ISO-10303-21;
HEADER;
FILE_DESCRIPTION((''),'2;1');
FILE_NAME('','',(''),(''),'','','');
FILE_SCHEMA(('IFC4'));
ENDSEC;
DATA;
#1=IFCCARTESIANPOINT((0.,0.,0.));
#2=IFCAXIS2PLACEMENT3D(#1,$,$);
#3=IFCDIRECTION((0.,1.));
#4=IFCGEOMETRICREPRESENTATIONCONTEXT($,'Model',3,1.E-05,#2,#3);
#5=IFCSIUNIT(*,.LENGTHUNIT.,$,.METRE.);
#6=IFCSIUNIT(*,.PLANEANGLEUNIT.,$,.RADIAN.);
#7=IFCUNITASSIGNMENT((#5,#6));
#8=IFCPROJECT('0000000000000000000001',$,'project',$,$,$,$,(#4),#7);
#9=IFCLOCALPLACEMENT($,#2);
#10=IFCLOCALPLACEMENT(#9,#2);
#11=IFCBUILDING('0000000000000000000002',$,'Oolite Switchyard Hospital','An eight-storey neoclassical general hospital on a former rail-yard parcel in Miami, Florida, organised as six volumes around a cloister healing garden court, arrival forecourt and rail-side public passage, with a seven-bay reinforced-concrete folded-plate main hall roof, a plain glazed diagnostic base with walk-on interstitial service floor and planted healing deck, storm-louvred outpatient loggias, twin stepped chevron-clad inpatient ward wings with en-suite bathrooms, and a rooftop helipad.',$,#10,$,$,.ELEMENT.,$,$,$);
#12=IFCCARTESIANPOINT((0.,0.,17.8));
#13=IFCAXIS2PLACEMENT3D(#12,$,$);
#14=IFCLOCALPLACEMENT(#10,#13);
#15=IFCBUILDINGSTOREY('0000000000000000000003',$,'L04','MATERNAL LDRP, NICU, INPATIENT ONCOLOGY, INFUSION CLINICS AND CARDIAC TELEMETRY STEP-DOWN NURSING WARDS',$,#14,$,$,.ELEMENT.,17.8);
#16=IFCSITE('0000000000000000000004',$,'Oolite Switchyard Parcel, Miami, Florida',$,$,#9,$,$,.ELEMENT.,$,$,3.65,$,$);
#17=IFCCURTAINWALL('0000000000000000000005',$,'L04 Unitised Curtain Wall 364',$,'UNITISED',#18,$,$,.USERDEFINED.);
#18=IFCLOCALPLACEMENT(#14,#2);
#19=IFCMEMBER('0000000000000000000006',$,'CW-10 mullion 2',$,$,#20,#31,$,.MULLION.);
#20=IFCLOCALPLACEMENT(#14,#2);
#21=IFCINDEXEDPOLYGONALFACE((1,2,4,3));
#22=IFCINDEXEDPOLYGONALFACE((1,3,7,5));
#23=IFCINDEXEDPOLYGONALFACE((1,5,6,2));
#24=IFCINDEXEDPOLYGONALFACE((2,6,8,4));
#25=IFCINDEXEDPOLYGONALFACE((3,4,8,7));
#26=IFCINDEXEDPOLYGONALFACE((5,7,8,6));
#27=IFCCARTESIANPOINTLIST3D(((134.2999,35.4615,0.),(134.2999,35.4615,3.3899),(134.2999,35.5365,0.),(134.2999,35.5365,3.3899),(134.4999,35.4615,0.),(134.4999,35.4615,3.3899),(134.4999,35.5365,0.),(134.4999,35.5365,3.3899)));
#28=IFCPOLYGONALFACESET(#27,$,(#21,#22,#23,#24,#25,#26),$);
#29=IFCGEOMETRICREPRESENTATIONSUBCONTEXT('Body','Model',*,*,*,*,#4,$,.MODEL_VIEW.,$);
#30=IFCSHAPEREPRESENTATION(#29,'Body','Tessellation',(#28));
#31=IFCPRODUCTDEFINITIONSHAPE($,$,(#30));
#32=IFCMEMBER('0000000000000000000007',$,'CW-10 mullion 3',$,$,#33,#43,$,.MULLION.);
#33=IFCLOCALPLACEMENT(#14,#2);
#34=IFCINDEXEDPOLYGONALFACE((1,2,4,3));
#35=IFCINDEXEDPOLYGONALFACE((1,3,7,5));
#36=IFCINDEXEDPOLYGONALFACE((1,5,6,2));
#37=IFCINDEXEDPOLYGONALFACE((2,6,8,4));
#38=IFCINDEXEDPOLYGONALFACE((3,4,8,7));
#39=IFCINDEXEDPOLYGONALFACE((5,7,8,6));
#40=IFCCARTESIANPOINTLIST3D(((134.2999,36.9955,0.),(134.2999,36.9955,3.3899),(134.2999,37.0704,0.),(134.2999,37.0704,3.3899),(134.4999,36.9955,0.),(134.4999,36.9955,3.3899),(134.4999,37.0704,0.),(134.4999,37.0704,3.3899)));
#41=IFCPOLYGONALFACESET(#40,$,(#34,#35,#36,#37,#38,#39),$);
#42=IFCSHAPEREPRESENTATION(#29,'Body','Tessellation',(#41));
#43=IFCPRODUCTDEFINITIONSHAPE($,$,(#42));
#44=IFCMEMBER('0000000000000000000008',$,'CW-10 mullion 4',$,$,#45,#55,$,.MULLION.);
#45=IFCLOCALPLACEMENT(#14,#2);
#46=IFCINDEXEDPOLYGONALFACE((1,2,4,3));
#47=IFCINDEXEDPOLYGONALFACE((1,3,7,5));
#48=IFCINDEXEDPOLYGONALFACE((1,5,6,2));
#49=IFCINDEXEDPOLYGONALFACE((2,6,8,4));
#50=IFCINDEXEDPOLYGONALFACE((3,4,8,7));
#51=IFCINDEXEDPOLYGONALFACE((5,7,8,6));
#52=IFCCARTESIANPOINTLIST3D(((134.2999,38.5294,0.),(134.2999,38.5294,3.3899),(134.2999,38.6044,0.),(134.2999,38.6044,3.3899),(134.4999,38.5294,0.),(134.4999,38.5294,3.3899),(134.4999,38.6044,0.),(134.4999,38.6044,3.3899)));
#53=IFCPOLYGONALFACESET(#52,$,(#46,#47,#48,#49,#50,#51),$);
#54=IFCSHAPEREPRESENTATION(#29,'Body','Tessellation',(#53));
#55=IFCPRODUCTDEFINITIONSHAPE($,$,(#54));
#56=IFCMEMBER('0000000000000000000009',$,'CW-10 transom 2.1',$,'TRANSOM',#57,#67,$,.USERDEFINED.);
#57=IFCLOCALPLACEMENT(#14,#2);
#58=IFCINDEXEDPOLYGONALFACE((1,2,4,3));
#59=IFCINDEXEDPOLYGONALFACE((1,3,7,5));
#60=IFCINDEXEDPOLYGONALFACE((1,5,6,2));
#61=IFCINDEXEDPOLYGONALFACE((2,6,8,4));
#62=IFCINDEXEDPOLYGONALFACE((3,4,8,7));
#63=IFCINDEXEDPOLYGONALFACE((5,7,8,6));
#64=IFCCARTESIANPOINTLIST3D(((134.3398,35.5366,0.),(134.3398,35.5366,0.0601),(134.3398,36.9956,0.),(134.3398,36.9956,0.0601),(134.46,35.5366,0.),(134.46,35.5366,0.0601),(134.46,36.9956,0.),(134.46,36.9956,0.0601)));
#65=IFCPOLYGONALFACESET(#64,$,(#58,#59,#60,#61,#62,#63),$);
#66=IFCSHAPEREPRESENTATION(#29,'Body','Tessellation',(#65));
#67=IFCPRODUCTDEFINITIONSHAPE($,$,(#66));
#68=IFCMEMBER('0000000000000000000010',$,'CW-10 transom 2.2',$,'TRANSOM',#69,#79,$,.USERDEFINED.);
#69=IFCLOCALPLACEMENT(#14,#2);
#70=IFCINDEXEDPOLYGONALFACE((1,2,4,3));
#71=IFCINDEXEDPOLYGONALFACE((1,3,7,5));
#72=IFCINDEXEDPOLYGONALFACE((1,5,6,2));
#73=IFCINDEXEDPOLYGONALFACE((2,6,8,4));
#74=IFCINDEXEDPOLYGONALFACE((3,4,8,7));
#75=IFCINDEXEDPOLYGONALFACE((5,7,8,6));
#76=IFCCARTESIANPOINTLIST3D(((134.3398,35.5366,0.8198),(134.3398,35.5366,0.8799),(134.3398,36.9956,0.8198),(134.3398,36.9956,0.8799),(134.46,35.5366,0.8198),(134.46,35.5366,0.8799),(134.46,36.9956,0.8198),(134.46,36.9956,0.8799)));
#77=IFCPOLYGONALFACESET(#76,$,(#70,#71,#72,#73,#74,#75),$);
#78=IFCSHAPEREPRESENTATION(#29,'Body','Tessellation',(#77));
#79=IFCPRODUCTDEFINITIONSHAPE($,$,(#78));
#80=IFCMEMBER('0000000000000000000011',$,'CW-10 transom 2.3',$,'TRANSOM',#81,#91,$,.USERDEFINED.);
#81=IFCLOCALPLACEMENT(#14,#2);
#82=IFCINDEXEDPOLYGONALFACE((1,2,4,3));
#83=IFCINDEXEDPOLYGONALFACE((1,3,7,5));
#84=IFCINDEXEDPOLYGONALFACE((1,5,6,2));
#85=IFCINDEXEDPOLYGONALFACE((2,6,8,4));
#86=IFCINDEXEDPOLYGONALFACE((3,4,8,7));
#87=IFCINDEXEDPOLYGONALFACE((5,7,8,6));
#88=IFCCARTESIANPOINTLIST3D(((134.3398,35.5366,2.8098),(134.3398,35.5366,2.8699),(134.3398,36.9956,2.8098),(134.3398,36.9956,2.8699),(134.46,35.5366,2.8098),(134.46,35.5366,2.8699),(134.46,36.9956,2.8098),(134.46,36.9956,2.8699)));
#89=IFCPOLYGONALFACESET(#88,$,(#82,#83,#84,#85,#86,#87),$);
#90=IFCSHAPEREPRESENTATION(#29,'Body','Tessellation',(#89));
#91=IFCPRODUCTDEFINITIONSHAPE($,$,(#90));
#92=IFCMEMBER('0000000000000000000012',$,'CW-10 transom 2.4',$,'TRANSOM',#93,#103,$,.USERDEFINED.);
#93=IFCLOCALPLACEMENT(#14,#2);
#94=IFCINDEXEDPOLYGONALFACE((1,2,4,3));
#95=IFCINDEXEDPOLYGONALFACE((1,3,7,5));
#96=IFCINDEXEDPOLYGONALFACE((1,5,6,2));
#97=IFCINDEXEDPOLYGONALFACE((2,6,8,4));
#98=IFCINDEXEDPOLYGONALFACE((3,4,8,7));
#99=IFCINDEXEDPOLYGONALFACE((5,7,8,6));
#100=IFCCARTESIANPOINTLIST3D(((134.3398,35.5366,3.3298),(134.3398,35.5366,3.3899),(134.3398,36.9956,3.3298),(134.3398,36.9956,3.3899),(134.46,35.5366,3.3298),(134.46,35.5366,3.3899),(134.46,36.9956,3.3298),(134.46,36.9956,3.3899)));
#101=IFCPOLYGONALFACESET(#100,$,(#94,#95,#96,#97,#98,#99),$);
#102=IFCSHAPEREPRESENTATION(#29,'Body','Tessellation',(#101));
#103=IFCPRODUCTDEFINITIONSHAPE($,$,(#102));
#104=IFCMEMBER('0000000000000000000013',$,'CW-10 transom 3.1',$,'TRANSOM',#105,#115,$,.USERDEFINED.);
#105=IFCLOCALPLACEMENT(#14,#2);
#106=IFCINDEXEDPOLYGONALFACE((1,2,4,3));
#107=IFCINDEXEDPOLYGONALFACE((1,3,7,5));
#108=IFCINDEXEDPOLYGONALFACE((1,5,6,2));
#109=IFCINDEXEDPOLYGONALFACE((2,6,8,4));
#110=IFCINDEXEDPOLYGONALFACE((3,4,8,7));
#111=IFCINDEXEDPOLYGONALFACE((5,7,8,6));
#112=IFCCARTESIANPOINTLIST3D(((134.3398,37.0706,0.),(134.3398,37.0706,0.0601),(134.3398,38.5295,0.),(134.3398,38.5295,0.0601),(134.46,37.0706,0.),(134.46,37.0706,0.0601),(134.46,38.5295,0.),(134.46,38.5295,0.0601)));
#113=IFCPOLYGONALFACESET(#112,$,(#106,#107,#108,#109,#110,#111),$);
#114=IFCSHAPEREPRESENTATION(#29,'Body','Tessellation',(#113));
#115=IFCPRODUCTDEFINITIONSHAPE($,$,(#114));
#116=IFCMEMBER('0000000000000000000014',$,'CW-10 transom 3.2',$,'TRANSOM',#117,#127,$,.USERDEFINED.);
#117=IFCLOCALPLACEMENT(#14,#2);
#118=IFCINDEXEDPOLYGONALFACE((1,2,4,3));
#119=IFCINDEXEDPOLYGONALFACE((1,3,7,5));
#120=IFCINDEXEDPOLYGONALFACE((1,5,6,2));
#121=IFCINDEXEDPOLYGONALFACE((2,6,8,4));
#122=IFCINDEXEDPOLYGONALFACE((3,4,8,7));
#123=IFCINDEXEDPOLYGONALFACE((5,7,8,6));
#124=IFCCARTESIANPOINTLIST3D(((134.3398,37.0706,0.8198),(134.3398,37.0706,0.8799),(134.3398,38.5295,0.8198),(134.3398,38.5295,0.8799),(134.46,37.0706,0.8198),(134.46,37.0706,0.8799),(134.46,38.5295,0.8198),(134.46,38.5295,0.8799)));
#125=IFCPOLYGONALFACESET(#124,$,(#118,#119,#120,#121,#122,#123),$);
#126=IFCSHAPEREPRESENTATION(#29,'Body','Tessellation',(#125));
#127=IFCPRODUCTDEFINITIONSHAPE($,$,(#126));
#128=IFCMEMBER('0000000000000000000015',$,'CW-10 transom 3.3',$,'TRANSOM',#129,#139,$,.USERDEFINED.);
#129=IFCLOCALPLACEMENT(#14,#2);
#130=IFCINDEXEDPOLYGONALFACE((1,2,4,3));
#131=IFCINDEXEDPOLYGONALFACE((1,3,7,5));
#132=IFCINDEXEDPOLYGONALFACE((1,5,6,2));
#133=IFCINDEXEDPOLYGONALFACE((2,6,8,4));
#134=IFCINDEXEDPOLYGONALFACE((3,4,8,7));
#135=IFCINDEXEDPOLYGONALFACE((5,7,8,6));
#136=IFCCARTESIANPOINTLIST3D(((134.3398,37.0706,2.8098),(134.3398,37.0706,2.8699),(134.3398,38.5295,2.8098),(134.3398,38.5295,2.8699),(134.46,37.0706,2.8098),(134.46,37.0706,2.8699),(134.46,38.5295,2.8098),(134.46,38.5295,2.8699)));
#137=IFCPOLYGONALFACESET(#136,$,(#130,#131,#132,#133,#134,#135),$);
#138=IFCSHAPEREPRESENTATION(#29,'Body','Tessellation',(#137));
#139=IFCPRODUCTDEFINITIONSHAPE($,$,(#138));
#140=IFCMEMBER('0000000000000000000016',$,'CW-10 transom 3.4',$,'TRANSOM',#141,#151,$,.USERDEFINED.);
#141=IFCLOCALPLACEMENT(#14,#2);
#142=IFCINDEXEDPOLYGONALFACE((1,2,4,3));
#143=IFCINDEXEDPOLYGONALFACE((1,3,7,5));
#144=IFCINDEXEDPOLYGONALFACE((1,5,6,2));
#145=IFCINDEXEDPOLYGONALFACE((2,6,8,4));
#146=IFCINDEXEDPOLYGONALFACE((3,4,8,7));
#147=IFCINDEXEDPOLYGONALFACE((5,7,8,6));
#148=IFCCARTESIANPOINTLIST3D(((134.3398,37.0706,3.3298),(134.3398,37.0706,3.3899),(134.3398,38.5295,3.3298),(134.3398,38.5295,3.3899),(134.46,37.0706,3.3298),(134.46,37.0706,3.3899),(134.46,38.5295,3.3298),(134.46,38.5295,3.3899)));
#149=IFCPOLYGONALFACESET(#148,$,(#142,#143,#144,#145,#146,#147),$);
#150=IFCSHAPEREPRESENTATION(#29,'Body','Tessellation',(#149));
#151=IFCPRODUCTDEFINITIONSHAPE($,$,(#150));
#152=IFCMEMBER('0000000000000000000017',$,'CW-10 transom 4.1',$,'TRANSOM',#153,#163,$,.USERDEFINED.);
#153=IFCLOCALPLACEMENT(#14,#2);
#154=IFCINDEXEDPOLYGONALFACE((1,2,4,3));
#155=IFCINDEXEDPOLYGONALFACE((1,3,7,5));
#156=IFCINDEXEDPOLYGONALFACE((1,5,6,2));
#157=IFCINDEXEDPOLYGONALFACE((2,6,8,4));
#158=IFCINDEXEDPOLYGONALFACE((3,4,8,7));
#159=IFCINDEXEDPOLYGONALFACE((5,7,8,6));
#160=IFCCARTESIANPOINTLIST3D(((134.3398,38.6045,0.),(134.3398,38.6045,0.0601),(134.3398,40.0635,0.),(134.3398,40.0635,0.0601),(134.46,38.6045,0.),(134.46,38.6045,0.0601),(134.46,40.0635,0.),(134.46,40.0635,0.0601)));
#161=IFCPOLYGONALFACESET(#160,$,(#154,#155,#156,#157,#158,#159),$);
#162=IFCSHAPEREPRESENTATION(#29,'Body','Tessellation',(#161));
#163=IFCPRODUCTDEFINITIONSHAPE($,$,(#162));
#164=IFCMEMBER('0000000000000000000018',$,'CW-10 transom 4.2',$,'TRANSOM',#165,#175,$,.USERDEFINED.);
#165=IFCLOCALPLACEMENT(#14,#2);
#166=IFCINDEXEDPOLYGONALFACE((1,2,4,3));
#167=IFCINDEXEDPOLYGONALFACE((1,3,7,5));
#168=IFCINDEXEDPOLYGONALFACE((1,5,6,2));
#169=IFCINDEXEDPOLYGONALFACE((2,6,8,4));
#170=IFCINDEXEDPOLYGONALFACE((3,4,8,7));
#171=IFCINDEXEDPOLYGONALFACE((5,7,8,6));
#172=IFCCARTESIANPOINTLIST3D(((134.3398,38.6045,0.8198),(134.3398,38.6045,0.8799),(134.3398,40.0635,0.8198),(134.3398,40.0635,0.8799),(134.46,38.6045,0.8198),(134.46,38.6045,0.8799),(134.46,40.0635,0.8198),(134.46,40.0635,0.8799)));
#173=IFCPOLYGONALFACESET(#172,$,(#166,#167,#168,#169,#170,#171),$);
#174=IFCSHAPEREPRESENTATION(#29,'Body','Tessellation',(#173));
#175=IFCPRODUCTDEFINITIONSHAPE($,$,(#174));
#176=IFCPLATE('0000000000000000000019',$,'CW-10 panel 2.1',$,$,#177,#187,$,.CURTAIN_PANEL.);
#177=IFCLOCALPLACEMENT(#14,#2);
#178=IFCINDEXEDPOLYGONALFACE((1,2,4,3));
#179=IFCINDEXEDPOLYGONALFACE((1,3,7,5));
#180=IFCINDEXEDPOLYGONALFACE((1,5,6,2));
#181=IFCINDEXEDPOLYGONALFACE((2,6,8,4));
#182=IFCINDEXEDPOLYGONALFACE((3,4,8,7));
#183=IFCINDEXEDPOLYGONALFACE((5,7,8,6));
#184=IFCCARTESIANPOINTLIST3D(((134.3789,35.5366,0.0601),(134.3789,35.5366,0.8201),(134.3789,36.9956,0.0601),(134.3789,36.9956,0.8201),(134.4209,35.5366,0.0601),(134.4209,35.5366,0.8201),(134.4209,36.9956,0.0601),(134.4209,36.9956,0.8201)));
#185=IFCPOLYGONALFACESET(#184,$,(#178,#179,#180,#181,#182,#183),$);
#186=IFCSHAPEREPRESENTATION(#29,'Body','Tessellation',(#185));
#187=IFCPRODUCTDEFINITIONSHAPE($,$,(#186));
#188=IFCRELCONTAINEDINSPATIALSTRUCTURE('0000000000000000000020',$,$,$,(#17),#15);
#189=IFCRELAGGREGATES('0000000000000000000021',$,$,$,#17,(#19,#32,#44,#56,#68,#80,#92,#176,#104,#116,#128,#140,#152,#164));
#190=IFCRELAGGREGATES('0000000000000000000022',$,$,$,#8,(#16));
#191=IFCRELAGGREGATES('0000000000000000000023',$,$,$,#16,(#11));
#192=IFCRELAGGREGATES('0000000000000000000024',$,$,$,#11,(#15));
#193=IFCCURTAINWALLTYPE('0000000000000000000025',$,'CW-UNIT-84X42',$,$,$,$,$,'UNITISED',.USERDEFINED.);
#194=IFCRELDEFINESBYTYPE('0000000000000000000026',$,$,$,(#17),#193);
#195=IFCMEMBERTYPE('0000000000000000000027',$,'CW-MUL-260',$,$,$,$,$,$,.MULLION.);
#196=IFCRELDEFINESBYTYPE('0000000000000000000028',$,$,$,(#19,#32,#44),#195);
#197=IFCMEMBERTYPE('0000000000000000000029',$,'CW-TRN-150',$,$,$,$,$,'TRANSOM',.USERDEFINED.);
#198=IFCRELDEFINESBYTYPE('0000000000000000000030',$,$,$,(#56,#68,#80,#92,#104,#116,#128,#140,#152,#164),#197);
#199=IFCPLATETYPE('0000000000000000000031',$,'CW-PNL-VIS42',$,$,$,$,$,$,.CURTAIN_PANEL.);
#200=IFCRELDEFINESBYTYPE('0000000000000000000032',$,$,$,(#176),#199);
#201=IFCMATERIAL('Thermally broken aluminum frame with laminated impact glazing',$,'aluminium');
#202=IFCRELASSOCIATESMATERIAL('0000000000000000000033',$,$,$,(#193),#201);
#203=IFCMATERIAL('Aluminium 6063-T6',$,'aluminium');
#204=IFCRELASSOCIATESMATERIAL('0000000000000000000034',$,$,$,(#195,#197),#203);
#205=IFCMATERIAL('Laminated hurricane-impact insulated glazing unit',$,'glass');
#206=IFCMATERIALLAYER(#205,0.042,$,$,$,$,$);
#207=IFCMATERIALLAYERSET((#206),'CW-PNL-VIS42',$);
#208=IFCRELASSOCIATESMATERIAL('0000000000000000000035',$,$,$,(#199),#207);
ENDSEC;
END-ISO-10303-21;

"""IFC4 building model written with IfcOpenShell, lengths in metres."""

from ifc_helpers import new_model, si_unit, direction, frame, origin, origin_2d, place, context, subcontext, project, spatial, rectangle, extrude, material, layer, layer_set, material_profile, profile_set, type_object, element, aggregate, save


model = new_model("IFC4")

# Units and contexts
model_context = context("Model", 3, precision=1e-05, world=origin(), true_north=direction((0.0, 1.0)))
body_context = subcontext(model_context, "Body", "Model", "MODEL_VIEW")
ifc_project = project(units=[si_unit("LENGTHUNIT", "METRE"), si_unit("PLANEANGLEUNIT", "RADIAN")], contexts=[model_context])

# Site, building, storey
site_placement = place(None, origin())
site = spatial("IfcSite", under=ifc_project, at=site_placement, Name="Oolite Switchyard Parcel, Miami, Florida", CompositionType="ELEMENT", RefElevation=3.65)
building_placement = place(site_placement, origin())
building = spatial("IfcBuilding", under=site, at=building_placement, Name="Oolite Switchyard Hospital", Description="An eight-storey neoclassical general hospital on a former rail-yard parcel in Miami, Florida, organised as six volumes around a cloister healing garden court, arrival forecourt and rail-side public passage, with a seven-bay reinforced-concrete folded-plate main hall roof, a plain glazed diagnostic base with walk-on interstitial service floor and planted healing deck, storm-louvred outpatient loggias, twin stepped chevron-clad inpatient ward wings with en-suite bathrooms, and a rooftop helipad.", CompositionType="ELEMENT")
storey_placement = place(building_placement, frame((0.0, 0.0, 17.8)))
storey = spatial("IfcBuildingStorey", under=building, at=storey_placement, Name="L04", Description="MATERNAL LDRP, NICU, INPATIENT ONCOLOGY, INFUSION CLINICS AND CARDIAC TELEMETRY STEP-DOWN NURSING WARDS", CompositionType="ELEMENT", Elevation=17.8)

# Curtain wall, members, plate
ifc_material_1 = material(Name="Thermally broken aluminum frame with laminated impact glazing", Category="aluminium")
curtain_wall_type = type_object("IfcCurtainWallType", Name="CW-UNIT-84X42", ElementType="UNITISED", PredefinedType="USERDEFINED", material=ifc_material_1)
curtain_wall_placement = place(storey_placement, origin())
curtain_wall = element("IfcCurtainWall", 1, at=curtain_wall_placement, inside=storey, type_object=curtain_wall_type, Name="L04 Unitised Curtain Wall 364", ObjectType="UNITISED", PredefinedType="USERDEFINED")
ifc_material_2 = material(Name="Aluminium 6063-T6", Category="aluminium")
ifc_material_profile_1 = material_profile(ifc_material_2, rectangle(XDim=0.2, YDim=0.075, at=origin_2d()), Name="CWM75X200")
ifc_profile_set_1 = profile_set([ifc_material_profile_1], Name="Aluminium 6063-T6")
member_type_1 = type_object("IfcMemberType", Name="CW-MUL-260", PredefinedType="MULLION", material=ifc_profile_set_1)
member_1_placement = place(storey_placement, frame((134.3999, 35.499, 0.0), z_axis=(0.0, 0.0, 1.0), x_axis=(-1.0, 0.0, 0.0)))
member_1 = element("IfcMember", 2, at=member_1_placement, type_object=member_type_1, Name="CW-10 mullion 2", PredefinedType="MULLION", context=body_context, shape_type="SweptSolid", body=[
    extrude(rectangle(XDim=0.2, YDim=0.075, at=origin_2d()), origin(), (0.0, 0.0, 1.0), 3.3899),
])
member_2_placement = place(storey_placement, frame((134.3999, 37.033, 0.0), z_axis=(0.0, 0.0, 1.0), x_axis=(-1.0, 0.0, 0.0)))
member_2 = element("IfcMember", 3, at=member_2_placement, type_object=member_type_1, Name="CW-10 mullion 3", PredefinedType="MULLION", context=body_context, shape_type="SweptSolid", body=[
    extrude(rectangle(XDim=0.2, YDim=0.075, at=origin_2d()), origin(), (0.0, 0.0, 1.0), 3.3899),
])
member_3_placement = place(storey_placement, frame((134.3999, 38.5669, 0.0), z_axis=(0.0, 0.0, 1.0), x_axis=(-1.0, 0.0, 0.0)))
member_3 = element("IfcMember", 4, at=member_3_placement, type_object=member_type_1, Name="CW-10 mullion 4", PredefinedType="MULLION", context=body_context, shape_type="SweptSolid", body=[
    extrude(rectangle(XDim=0.2, YDim=0.075, at=origin_2d()), origin(), (0.0, 0.0, 1.0), 3.3899),
])
ifc_material_profile_2 = material_profile(ifc_material_2, rectangle(XDim=0.1201, YDim=0.0601, at=origin_2d()), Name="CWT60X120")
ifc_profile_set_2 = profile_set([ifc_material_profile_2], Name="Aluminium 6063-T6")
member_type_2 = type_object("IfcMemberType", Name="CW-TRN-150", ElementType="TRANSOM", PredefinedType="USERDEFINED", material=ifc_profile_set_2)
member_4_placement = place(storey_placement, frame((134.3999, 35.5366, 0.03), z_axis=(0.0, 1.0, 0.0), x_axis=(-1.0, 0.0, 0.0)))
member_4 = element("IfcMember", 5, at=member_4_placement, type_object=member_type_2, Name="CW-10 transom 2.1", ObjectType="TRANSOM", PredefinedType="USERDEFINED", context=body_context, shape_type="SweptSolid", body=[
    extrude(rectangle(XDim=0.1201, YDim=0.0601, at=origin_2d()), origin(), (0.0, 0.0, 1.0), 1.459),
])
member_5_placement = place(storey_placement, frame((134.3999, 35.5366, 0.8499), z_axis=(0.0, 1.0, 0.0), x_axis=(-1.0, 0.0, 0.0)))
member_5 = element("IfcMember", 6, at=member_5_placement, type_object=member_type_2, Name="CW-10 transom 2.2", ObjectType="TRANSOM", PredefinedType="USERDEFINED", context=body_context, shape_type="SweptSolid", body=[
    extrude(rectangle(XDim=0.1201, YDim=0.0601, at=origin_2d()), origin(), (0.0, 0.0, 1.0), 1.459),
])
member_6_placement = place(storey_placement, frame((134.3999, 35.5366, 2.8398), z_axis=(0.0, 1.0, 0.0), x_axis=(-1.0, 0.0, 0.0)))
member_6 = element("IfcMember", 7, at=member_6_placement, type_object=member_type_2, Name="CW-10 transom 2.3", ObjectType="TRANSOM", PredefinedType="USERDEFINED", context=body_context, shape_type="SweptSolid", body=[
    extrude(rectangle(XDim=0.1201, YDim=0.0601, at=origin_2d()), origin(), (0.0, 0.0, 1.0), 1.459),
])
member_7_placement = place(storey_placement, frame((134.3999, 35.5366, 3.3599), z_axis=(0.0, 1.0, 0.0), x_axis=(-1.0, 0.0, 0.0)))
member_7 = element("IfcMember", 8, at=member_7_placement, type_object=member_type_2, Name="CW-10 transom 2.4", ObjectType="TRANSOM", PredefinedType="USERDEFINED", context=body_context, shape_type="SweptSolid", body=[
    extrude(rectangle(XDim=0.1201, YDim=0.0601, at=origin_2d()), origin(), (0.0, 0.0, 1.0), 1.459),
])
member_8_placement = place(storey_placement, frame((134.3999, 37.0706, 0.03), z_axis=(0.0, 1.0, 0.0), x_axis=(-1.0, 0.0, 0.0)))
member_8 = element("IfcMember", 9, at=member_8_placement, type_object=member_type_2, Name="CW-10 transom 3.1", ObjectType="TRANSOM", PredefinedType="USERDEFINED", context=body_context, shape_type="SweptSolid", body=[
    extrude(rectangle(XDim=0.1201, YDim=0.0601, at=origin_2d()), origin(), (0.0, 0.0, 1.0), 1.459),
])
member_9_placement = place(storey_placement, frame((134.3999, 37.0706, 0.8499), z_axis=(0.0, 1.0, 0.0), x_axis=(-1.0, 0.0, 0.0)))
member_9 = element("IfcMember", 10, at=member_9_placement, type_object=member_type_2, Name="CW-10 transom 3.2", ObjectType="TRANSOM", PredefinedType="USERDEFINED", context=body_context, shape_type="SweptSolid", body=[
    extrude(rectangle(XDim=0.1201, YDim=0.0601, at=origin_2d()), origin(), (0.0, 0.0, 1.0), 1.459),
])
member_10_placement = place(storey_placement, frame((134.3999, 37.0706, 2.8398), z_axis=(0.0, 1.0, 0.0), x_axis=(-1.0, 0.0, 0.0)))
member_10 = element("IfcMember", 11, at=member_10_placement, type_object=member_type_2, Name="CW-10 transom 3.3", ObjectType="TRANSOM", PredefinedType="USERDEFINED", context=body_context, shape_type="SweptSolid", body=[
    extrude(rectangle(XDim=0.1201, YDim=0.0601, at=origin_2d()), origin(), (0.0, 0.0, 1.0), 1.459),
])
member_11_placement = place(storey_placement, frame((134.3999, 37.0706, 3.3599), z_axis=(0.0, 1.0, 0.0), x_axis=(-1.0, 0.0, 0.0)))
member_11 = element("IfcMember", 12, at=member_11_placement, type_object=member_type_2, Name="CW-10 transom 3.4", ObjectType="TRANSOM", PredefinedType="USERDEFINED", context=body_context, shape_type="SweptSolid", body=[
    extrude(rectangle(XDim=0.1201, YDim=0.0601, at=origin_2d()), origin(), (0.0, 0.0, 1.0), 1.459),
])
member_12_placement = place(storey_placement, frame((134.3999, 38.6045, 0.03), z_axis=(0.0, 1.0, 0.0), x_axis=(-1.0, 0.0, 0.0)))
member_12 = element("IfcMember", 13, at=member_12_placement, type_object=member_type_2, Name="CW-10 transom 4.1", ObjectType="TRANSOM", PredefinedType="USERDEFINED", context=body_context, shape_type="SweptSolid", body=[
    extrude(rectangle(XDim=0.1201, YDim=0.0601, at=origin_2d()), origin(), (0.0, 0.0, 1.0), 1.459),
])
member_13_placement = place(storey_placement, frame((134.3999, 38.6045, 0.8499), z_axis=(0.0, 1.0, 0.0), x_axis=(-1.0, 0.0, 0.0)))
member_13 = element("IfcMember", 14, at=member_13_placement, type_object=member_type_2, Name="CW-10 transom 4.2", ObjectType="TRANSOM", PredefinedType="USERDEFINED", context=body_context, shape_type="SweptSolid", body=[
    extrude(rectangle(XDim=0.1201, YDim=0.0601, at=origin_2d()), origin(), (0.0, 0.0, 1.0), 1.459),
])
ifc_material_3 = material(Name="Laminated hurricane-impact insulated glazing unit", Category="glass")
ifc_layer = layer(ifc_material_3, 0.042)
ifc_layer_set = layer_set([ifc_layer], Name="CW-PNL-VIS42")
plate_type = type_object("IfcPlateType", Name="CW-PNL-VIS42", PredefinedType="CURTAIN_PANEL", material=ifc_layer_set)
plate_1_placement = place(storey_placement, frame((134.3999, 36.2661, 0.0601), z_axis=(0.0, 0.0, 1.0), x_axis=(0.0, 1.0, 0.0)))
plate_1 = element("IfcPlate", 15, at=plate_1_placement, type_object=plate_type, Name="CW-10 panel 2.1", PredefinedType="CURTAIN_PANEL", context=body_context, shape_type="SweptSolid", body=[
    extrude(rectangle(XDim=1.459, YDim=0.042, at=origin_2d()), origin(), (0.0, 0.0, 1.0), 0.76),
])
aggregate(curtain_wall, [member_1, member_2, member_3, member_4, member_5, member_6, member_7, plate_1, member_8, member_9, member_10, member_11, member_12, member_13])

save(model, "model.ifc")
